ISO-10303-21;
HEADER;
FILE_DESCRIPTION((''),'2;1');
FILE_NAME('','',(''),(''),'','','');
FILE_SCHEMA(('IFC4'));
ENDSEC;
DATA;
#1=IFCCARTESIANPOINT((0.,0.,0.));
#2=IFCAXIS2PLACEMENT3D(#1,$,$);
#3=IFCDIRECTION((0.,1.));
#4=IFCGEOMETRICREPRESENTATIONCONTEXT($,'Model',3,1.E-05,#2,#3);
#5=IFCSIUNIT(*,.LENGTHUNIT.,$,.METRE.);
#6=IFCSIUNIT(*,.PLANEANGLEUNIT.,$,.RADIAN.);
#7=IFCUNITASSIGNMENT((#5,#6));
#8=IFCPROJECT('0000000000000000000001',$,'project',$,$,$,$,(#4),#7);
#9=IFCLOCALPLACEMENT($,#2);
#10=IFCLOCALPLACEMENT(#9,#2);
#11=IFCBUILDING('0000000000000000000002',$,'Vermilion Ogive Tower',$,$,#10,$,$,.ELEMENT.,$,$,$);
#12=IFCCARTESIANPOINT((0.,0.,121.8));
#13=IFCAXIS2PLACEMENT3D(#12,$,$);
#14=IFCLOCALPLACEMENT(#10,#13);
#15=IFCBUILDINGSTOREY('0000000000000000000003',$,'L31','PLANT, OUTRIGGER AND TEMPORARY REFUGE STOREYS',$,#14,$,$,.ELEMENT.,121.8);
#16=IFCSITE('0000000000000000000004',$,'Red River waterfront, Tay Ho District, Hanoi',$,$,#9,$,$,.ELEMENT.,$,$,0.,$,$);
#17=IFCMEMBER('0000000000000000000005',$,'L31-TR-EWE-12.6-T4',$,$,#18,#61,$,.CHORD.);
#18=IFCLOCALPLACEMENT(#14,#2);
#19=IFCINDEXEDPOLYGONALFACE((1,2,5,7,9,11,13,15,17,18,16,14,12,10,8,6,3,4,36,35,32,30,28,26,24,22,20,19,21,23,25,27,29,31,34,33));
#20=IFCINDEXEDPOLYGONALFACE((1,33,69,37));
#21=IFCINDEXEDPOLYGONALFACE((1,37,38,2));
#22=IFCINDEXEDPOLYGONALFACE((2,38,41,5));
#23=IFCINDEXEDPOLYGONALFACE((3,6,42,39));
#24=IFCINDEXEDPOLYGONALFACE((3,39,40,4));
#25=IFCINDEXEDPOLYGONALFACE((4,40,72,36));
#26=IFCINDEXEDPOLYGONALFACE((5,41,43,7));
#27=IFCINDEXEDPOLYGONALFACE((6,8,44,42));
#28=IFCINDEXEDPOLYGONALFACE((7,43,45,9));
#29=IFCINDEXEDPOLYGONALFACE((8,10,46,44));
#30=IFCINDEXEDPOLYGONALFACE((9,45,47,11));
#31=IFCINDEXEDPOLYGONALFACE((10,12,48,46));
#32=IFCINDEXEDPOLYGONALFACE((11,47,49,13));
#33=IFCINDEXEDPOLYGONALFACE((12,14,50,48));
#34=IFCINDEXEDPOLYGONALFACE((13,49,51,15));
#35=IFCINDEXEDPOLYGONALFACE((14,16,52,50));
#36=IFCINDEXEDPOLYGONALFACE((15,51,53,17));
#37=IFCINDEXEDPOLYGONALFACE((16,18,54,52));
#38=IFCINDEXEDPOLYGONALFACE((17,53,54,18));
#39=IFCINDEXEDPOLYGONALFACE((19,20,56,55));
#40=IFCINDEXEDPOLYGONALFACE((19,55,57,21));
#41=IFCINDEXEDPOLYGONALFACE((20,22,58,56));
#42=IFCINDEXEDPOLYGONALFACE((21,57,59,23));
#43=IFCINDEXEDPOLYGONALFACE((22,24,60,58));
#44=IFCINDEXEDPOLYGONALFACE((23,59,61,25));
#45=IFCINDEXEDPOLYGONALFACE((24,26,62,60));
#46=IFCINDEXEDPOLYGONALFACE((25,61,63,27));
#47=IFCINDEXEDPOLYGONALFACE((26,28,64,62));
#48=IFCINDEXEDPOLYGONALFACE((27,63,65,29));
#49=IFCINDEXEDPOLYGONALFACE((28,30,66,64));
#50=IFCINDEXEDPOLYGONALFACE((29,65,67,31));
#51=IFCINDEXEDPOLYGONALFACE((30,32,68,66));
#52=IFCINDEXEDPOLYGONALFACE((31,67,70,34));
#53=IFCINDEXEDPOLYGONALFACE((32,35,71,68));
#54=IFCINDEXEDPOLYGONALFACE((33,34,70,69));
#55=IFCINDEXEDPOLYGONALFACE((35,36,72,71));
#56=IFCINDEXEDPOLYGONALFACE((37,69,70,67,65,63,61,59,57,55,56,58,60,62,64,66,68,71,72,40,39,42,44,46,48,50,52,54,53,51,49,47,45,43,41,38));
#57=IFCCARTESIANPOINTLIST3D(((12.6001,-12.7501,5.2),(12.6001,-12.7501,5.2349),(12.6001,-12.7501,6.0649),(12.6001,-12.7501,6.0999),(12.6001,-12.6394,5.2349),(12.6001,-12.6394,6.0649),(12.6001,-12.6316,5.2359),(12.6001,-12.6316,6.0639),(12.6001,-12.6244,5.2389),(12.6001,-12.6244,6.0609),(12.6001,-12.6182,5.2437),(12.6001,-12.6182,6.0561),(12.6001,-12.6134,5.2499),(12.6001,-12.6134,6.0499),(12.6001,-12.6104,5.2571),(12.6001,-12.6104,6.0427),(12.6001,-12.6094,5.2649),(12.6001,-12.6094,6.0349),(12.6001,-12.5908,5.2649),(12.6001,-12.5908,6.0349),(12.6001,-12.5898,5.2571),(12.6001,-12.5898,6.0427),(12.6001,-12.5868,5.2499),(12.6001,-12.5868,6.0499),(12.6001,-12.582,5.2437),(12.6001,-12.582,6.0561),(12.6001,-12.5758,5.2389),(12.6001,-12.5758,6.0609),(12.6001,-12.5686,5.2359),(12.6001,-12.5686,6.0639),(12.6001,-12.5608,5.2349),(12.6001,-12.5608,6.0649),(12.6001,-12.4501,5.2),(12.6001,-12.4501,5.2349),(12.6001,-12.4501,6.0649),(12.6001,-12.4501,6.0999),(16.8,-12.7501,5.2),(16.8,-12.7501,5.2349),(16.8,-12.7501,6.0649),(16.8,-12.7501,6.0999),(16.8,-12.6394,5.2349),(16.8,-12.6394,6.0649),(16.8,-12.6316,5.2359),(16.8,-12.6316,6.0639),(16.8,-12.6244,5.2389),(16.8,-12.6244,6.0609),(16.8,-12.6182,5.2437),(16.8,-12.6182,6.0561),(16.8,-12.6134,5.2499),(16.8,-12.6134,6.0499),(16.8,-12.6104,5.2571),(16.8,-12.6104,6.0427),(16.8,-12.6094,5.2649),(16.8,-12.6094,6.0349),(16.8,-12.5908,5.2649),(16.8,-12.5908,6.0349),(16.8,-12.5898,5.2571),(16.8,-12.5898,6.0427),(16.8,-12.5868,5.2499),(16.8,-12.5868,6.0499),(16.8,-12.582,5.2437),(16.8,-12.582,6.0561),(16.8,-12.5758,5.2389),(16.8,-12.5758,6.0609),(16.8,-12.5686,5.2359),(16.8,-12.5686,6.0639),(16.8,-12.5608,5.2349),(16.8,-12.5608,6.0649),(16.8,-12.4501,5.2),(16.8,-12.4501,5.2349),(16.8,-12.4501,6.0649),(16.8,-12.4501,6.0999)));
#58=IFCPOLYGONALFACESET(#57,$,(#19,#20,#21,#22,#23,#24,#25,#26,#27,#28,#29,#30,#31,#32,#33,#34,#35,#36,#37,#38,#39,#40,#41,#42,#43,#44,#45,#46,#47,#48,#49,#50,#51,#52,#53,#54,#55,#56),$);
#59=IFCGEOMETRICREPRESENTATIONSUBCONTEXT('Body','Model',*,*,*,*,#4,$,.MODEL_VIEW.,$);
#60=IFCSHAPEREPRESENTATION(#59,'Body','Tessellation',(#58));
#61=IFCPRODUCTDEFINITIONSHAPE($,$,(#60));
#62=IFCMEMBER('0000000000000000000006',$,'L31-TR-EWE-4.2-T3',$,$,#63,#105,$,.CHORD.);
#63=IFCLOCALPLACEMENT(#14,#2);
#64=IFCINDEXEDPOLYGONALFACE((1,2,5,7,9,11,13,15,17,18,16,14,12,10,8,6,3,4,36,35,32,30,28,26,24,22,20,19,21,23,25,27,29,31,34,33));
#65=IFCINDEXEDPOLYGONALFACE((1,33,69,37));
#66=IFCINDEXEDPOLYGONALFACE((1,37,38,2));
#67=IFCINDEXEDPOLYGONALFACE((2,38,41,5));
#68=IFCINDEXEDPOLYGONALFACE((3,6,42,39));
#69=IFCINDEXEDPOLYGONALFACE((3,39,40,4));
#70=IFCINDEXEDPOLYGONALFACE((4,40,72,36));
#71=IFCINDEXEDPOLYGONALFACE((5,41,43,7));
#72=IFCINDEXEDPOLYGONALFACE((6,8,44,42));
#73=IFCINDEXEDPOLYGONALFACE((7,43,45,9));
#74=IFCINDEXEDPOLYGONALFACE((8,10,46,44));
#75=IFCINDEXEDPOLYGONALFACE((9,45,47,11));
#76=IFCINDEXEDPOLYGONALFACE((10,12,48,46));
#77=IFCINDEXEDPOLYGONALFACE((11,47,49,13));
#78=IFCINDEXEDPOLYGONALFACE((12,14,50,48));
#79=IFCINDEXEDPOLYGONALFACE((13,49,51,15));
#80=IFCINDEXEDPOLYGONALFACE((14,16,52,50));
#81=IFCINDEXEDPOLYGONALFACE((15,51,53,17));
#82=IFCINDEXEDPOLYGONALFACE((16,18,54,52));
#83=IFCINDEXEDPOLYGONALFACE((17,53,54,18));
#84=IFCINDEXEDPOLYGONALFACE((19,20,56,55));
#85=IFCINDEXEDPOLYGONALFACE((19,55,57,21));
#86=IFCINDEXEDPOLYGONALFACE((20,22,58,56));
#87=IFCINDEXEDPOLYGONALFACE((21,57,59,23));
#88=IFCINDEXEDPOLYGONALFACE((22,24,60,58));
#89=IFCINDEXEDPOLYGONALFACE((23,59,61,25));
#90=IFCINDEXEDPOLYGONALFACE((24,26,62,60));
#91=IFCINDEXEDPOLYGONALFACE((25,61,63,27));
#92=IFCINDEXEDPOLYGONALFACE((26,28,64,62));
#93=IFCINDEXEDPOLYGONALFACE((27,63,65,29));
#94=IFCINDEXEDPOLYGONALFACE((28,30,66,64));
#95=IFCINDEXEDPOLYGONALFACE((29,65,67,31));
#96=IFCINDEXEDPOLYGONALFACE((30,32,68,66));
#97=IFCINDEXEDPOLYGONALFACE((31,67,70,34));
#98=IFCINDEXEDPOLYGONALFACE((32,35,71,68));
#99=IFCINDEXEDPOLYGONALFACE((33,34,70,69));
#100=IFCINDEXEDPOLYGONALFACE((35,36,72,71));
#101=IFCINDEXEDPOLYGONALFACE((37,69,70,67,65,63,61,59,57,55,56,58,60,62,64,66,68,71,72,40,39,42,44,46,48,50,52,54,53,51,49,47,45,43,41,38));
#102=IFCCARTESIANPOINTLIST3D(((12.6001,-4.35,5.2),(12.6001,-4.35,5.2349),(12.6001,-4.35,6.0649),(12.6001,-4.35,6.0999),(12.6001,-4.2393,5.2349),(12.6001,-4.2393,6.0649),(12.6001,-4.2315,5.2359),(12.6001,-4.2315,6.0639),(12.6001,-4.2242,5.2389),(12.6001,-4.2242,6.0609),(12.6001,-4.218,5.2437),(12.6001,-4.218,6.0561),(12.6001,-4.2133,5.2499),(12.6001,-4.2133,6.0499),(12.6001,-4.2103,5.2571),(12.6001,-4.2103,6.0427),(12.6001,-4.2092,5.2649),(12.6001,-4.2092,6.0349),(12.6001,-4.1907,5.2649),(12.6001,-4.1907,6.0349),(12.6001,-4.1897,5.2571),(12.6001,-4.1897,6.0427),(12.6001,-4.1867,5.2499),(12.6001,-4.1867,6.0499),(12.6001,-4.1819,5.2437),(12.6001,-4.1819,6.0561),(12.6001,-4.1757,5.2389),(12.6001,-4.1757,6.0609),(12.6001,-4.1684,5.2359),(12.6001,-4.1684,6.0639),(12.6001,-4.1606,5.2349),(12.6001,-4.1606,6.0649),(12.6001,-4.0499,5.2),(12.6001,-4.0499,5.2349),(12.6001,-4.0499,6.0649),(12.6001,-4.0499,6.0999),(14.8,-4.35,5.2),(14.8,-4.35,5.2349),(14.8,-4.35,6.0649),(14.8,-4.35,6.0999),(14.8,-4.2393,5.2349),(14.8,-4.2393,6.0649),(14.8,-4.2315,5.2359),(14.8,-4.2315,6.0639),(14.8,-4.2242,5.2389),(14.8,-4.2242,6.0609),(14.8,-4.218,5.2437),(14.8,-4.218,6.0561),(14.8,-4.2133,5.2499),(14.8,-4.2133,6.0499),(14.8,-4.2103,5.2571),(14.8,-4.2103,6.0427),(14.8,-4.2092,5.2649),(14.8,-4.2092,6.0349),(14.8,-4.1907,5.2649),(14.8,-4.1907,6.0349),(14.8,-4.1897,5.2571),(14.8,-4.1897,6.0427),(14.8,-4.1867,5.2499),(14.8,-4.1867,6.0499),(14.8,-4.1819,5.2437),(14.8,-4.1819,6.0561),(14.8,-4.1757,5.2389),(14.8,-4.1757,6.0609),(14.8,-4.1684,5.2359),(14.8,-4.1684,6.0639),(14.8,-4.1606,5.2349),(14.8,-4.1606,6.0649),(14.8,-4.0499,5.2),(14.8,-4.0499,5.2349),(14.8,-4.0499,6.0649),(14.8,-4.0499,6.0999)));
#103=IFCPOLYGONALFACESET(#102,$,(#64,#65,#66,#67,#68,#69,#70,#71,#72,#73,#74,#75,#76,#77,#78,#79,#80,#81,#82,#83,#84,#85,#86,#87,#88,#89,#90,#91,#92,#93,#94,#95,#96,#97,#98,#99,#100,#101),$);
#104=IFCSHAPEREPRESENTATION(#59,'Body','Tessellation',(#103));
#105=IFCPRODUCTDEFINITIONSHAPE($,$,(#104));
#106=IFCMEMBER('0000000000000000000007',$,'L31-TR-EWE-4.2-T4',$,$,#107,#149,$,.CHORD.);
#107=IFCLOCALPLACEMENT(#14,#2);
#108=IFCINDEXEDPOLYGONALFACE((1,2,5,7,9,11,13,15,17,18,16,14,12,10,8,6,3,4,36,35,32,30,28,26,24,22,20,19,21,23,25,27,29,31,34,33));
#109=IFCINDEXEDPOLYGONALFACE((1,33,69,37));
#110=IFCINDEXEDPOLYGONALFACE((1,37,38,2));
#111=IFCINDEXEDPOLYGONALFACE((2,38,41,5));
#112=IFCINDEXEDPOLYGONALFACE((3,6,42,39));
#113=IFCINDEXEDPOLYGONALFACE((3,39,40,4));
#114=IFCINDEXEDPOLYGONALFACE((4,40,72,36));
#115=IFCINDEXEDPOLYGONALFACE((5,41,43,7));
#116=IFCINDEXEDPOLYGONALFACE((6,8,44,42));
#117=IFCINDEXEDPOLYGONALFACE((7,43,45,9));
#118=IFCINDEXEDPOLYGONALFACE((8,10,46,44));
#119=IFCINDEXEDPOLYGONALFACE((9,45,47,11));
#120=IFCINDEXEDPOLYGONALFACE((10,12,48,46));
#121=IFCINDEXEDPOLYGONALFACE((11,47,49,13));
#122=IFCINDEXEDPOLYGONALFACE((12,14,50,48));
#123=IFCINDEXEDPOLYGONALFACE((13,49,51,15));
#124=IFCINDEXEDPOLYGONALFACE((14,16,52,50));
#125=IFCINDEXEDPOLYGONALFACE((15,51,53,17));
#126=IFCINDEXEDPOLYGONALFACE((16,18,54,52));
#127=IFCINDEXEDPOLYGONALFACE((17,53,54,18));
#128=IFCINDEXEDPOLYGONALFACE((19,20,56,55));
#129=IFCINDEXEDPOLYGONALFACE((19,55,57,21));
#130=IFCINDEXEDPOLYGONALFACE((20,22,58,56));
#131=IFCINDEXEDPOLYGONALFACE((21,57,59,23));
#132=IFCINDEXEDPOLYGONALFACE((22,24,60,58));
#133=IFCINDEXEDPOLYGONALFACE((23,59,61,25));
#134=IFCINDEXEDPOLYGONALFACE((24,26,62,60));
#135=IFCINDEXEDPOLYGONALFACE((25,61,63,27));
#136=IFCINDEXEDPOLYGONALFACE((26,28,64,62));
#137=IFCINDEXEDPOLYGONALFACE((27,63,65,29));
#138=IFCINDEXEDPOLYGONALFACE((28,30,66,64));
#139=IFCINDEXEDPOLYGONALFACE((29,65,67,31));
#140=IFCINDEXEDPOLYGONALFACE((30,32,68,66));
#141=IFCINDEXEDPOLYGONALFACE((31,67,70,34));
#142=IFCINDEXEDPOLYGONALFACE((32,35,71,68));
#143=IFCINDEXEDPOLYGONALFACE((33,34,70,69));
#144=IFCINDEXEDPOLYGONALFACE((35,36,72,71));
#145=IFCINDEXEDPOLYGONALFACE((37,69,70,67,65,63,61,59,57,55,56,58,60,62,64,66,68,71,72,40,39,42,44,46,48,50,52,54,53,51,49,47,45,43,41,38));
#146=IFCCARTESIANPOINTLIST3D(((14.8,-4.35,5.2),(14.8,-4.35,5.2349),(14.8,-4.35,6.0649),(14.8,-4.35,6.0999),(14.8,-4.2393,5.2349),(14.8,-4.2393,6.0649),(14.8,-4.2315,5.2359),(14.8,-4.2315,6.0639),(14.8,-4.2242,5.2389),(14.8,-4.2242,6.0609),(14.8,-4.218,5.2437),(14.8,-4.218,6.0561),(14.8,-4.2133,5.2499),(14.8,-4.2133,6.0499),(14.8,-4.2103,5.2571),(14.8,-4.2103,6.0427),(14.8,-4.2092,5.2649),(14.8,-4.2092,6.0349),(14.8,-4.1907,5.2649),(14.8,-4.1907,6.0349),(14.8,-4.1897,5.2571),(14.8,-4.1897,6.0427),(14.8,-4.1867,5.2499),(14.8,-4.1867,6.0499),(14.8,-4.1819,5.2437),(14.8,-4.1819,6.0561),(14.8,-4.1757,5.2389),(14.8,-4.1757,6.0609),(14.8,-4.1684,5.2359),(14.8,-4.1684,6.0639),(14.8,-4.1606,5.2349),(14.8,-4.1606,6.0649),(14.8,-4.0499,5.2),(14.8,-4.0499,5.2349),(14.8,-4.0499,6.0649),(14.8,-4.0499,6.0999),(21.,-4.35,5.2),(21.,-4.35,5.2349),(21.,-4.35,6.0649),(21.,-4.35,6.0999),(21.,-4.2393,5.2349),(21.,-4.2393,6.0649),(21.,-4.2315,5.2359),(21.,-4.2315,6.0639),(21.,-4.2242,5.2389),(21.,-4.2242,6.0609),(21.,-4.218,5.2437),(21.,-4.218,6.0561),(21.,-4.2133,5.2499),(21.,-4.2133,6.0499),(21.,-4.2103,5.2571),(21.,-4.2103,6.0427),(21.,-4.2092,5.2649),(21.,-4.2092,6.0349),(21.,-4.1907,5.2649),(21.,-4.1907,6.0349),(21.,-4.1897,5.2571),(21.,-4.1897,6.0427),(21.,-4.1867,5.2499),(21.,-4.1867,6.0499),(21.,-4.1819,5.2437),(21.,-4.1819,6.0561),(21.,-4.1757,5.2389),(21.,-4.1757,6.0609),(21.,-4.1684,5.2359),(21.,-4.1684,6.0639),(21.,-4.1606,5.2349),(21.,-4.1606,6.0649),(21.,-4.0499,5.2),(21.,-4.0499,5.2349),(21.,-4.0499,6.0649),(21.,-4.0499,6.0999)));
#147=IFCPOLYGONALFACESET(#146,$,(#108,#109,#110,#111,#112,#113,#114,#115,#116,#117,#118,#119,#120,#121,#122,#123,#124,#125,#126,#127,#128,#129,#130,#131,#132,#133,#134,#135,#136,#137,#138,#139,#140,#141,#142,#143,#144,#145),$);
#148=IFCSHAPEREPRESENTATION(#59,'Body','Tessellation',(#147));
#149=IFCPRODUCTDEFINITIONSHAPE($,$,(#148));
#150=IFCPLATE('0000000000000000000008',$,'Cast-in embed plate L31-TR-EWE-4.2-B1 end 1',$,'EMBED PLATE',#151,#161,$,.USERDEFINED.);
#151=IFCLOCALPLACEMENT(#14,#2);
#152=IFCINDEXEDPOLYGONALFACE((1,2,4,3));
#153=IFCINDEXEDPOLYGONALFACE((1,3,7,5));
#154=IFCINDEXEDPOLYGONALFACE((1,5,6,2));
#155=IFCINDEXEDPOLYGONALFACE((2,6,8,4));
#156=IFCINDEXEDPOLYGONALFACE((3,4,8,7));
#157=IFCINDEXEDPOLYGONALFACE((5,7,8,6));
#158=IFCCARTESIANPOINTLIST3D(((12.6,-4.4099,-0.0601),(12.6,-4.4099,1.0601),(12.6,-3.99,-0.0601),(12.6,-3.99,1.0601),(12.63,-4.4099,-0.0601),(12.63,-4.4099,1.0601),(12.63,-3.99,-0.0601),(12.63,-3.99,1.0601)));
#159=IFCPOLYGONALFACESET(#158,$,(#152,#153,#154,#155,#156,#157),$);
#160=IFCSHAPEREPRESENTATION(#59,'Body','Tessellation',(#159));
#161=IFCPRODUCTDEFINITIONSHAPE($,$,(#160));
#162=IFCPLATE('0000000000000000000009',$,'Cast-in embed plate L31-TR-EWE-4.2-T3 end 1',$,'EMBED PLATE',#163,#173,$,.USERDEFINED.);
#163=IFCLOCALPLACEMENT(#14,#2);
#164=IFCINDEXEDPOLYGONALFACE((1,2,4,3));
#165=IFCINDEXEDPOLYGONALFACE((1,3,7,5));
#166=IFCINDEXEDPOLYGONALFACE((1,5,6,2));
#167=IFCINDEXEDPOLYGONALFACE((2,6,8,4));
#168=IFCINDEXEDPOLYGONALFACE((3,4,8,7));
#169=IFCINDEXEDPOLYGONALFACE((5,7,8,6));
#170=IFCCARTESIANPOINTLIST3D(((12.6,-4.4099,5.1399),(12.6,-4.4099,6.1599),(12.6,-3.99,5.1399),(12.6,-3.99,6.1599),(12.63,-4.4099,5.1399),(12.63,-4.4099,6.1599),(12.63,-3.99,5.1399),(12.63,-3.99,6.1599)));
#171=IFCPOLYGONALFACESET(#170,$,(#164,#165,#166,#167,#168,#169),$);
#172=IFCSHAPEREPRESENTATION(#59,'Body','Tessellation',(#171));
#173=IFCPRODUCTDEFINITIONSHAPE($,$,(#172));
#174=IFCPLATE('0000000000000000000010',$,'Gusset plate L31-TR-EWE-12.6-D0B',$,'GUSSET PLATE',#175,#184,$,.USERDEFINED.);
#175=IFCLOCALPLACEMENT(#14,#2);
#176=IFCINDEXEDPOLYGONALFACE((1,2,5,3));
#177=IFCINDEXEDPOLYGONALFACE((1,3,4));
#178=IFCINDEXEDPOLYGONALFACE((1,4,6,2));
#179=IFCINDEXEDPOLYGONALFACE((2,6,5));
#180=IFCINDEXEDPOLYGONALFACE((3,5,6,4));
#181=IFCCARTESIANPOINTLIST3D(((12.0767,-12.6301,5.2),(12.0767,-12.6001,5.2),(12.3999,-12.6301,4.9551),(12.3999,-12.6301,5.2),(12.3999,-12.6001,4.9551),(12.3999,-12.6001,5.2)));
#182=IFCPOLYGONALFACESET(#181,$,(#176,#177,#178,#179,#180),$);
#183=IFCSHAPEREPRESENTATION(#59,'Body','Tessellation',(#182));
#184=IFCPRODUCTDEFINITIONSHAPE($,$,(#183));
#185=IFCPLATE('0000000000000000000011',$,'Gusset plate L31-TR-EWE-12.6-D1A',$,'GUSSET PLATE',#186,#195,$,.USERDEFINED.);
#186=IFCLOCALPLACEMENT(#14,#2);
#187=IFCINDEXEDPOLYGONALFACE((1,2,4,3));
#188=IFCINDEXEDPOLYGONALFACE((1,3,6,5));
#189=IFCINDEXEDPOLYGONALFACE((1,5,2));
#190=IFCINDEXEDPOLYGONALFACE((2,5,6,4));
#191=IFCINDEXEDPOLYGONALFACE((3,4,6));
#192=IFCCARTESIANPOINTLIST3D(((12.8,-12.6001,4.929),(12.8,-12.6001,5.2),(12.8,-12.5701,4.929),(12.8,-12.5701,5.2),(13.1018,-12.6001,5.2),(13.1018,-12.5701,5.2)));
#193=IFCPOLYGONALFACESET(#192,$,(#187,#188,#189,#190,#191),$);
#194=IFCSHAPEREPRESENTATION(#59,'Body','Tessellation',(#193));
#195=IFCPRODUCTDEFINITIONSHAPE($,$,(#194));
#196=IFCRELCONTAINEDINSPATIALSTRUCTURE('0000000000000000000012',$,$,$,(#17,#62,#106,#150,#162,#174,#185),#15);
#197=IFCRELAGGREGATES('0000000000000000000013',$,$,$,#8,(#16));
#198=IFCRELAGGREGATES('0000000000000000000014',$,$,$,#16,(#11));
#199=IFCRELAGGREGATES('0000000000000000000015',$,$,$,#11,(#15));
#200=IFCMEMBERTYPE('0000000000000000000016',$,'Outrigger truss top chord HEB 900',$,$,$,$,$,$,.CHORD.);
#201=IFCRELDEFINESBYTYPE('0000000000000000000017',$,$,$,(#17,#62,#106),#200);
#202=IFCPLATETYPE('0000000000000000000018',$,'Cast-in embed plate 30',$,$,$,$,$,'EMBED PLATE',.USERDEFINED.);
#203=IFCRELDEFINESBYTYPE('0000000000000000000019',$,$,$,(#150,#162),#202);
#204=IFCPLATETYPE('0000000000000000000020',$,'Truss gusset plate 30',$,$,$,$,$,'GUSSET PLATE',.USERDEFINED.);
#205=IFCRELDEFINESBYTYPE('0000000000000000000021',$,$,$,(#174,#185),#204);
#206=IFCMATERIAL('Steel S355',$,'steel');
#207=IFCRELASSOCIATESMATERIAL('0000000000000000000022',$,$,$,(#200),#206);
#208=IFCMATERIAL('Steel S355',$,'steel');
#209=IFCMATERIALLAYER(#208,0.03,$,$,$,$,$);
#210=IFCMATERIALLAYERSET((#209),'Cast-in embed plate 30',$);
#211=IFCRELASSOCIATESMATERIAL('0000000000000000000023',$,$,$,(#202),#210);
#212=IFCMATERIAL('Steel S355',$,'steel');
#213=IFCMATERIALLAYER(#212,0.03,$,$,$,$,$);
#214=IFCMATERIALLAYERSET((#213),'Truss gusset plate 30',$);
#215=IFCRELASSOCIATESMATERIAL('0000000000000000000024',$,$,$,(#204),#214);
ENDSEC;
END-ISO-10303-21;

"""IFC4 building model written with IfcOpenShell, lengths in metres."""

from ifc_helpers import new_model, si_unit, direction, frame, origin, origin_2d, place, context, subcontext, project, spatial, polyline, rectangle, i_section, outline, extrude, material, layer, layer_set, material_profile, profile_set, type_object, element, save


model = new_model("IFC4")

# Units and contexts
model_context = context("Model", 3, precision=1e-05, world=origin(), true_north=direction((0.0, 1.0)))
body_context = subcontext(model_context, "Body", "Model", "MODEL_VIEW")
ifc_project = project(units=[si_unit("LENGTHUNIT", "METRE"), si_unit("PLANEANGLEUNIT", "RADIAN")], contexts=[model_context])

# Site, building, storey
site_placement = place(None, origin())
site = spatial("IfcSite", under=ifc_project, at=site_placement, Name="Red River waterfront, Tay Ho District, Hanoi", CompositionType="ELEMENT", RefElevation=0.0)
building_placement = place(site_placement, origin())
building = spatial("IfcBuilding", under=site, at=building_placement, Name="Vermilion Ogive Tower", CompositionType="ELEMENT")
storey_placement = place(building_placement, frame((0.0, 0.0, 121.8)))
storey = spatial("IfcBuildingStorey", under=building, at=storey_placement, Name="L31", Description="PLANT, OUTRIGGER AND TEMPORARY REFUGE STOREYS", CompositionType="ELEMENT", Elevation=121.8)

# Members
ifc_material_1 = material(Name="Steel S355", Category="steel")
ifc_material_profile_1 = material_profile(ifc_material_1, i_section(OverallWidth=0.3, OverallDepth=0.8999, WebThickness=0.0186, FlangeThickness=0.0349, FilletRadius=0.03, at=origin_2d()), Name="HEB 900")
ifc_profile_set_1 = profile_set([ifc_material_profile_1], Name="Steel S355")
member_type_1 = type_object("IfcMemberType", Name="Outrigger truss top chord HEB 900", PredefinedType="CHORD", material=ifc_profile_set_1)
member_1_placement = place(storey_placement, frame((12.6001, -12.6001, 5.6499), z_axis=(1.0, 0.0, 0.0), x_axis=(0.0, 1.0, 0.0)))
element("IfcMember", 1, at=member_1_placement, inside=storey, type_object=member_type_1, Name="L31-TR-EWE-12.6-T4", PredefinedType="CHORD", context=body_context, shape_type="SweptSolid", body=[
    extrude(i_section(OverallWidth=0.3, OverallDepth=0.8999, WebThickness=0.0186, FlangeThickness=0.0349, FilletRadius=0.03, at=origin_2d()), origin(), (0.0, 0.0, 1.0), 4.2),
])
member_2_placement = place(storey_placement, frame((12.6001, -4.2, 5.6499), z_axis=(1.0, 0.0, 0.0), x_axis=(0.0, 1.0, 0.0)))
element("IfcMember", 2, at=member_2_placement, inside=storey, type_object=member_type_1, Name="L31-TR-EWE-4.2-T3", PredefinedType="CHORD", context=body_context, shape_type="SweptSolid", body=[
    extrude(i_section(OverallWidth=0.3, OverallDepth=0.8999, WebThickness=0.0186, FlangeThickness=0.0349, FilletRadius=0.03, at=origin_2d()), origin(), (0.0, 0.0, 1.0), 2.2),
])
member_3_placement = place(storey_placement, frame((14.8, -4.2, 5.6499), z_axis=(1.0, 0.0, 0.0), x_axis=(0.0, 1.0, 0.0)))
element("IfcMember", 3, at=member_3_placement, inside=storey, type_object=member_type_1, Name="L31-TR-EWE-4.2-T4", PredefinedType="CHORD", context=body_context, shape_type="SweptSolid", body=[
    extrude(i_section(OverallWidth=0.3, OverallDepth=0.8999, WebThickness=0.0186, FlangeThickness=0.0349, FilletRadius=0.03, at=origin_2d()), origin(), (0.0, 0.0, 1.0), 6.2),
])

# Plates
ifc_material_2 = material(Name="Steel S355", Category="steel")
ifc_layer_1 = layer(ifc_material_2, 0.03)
ifc_layer_set_1 = layer_set([ifc_layer_1], Name="Cast-in embed plate 30")
plate_type_1 = type_object("IfcPlateType", Name="Cast-in embed plate 30", ElementType="EMBED PLATE", PredefinedType="USERDEFINED", material=ifc_layer_set_1)
plate_1_placement = place(storey_placement, frame((12.615, -4.2, -0.0601), z_axis=(0.0, 0.0, 1.0), x_axis=(1.0, 0.0, 0.0)))
element("IfcPlate", 4, at=plate_1_placement, inside=storey, type_object=plate_type_1, Name="Cast-in embed plate L31-TR-EWE-4.2-B1 end 1", ObjectType="EMBED PLATE", PredefinedType="USERDEFINED", context=body_context, shape_type="SweptSolid", body=[
    extrude(rectangle(XDim=0.03, YDim=0.4199, at=origin_2d()), origin(), (0.0, 0.0, 1.0), 1.1201),
])
plate_2_placement = place(storey_placement, frame((12.615, -4.2, 5.1399), z_axis=(0.0, 0.0, 1.0), x_axis=(1.0, 0.0, 0.0)))
element("IfcPlate", 5, at=plate_2_placement, inside=storey, type_object=plate_type_1, Name="Cast-in embed plate L31-TR-EWE-4.2-T3 end 1", ObjectType="EMBED PLATE", PredefinedType="USERDEFINED", context=body_context, shape_type="SweptSolid", body=[
    extrude(rectangle(XDim=0.03, YDim=0.4199, at=origin_2d()), origin(), (0.0, 0.0, 1.0), 1.02),
])
ifc_material_3 = material(Name="Steel S355", Category="steel")
ifc_layer_2 = layer(ifc_material_3, 0.03)
ifc_layer_set_2 = layer_set([ifc_layer_2], Name="Truss gusset plate 30")
plate_type_2 = type_object("IfcPlateType", Name="Truss gusset plate 30", ElementType="GUSSET PLATE", PredefinedType="USERDEFINED", material=ifc_layer_set_2)
plate_3_placement = place(storey_placement, frame((12.3999, -12.6001, 4.9551), z_axis=(0.0, 1.0, 0.0), x_axis=(-0.797101, 0.0, 0.603846)))
element("IfcPlate", 6, at=plate_3_placement, inside=storey, type_object=plate_type_2, Name="Gusset plate L31-TR-EWE-12.6-D0B", ObjectType="GUSSET PLATE", PredefinedType="USERDEFINED", context=body_context, shape_type="SweptSolid", body=[
    extrude(outline(polyline([(0.0, 0.0), (0.4055, 0.0), (0.1479, 0.1952), (0.0, 0.0)])), origin(), (0.0, 0.0, -1.0), 0.03),
])
plate_4_placement = place(storey_placement, frame((12.8, -12.6001, 4.929), z_axis=(0.0, -1.0, 0.0), x_axis=(0.744012, 0.0, 0.668166)))
element("IfcPlate", 7, at=plate_4_placement, inside=storey, type_object=plate_type_2, Name="Gusset plate L31-TR-EWE-12.6-D1A", ObjectType="GUSSET PLATE", PredefinedType="USERDEFINED", context=body_context, shape_type="SweptSolid", body=[
    extrude(outline(polyline([(0.0, 0.0), (0.4056, 0.0), (0.1811, 0.2016), (0.0, 0.0)])), origin(), (0.0, 0.0, -1.0), 0.03),
])

save(model, "model.ifc")
